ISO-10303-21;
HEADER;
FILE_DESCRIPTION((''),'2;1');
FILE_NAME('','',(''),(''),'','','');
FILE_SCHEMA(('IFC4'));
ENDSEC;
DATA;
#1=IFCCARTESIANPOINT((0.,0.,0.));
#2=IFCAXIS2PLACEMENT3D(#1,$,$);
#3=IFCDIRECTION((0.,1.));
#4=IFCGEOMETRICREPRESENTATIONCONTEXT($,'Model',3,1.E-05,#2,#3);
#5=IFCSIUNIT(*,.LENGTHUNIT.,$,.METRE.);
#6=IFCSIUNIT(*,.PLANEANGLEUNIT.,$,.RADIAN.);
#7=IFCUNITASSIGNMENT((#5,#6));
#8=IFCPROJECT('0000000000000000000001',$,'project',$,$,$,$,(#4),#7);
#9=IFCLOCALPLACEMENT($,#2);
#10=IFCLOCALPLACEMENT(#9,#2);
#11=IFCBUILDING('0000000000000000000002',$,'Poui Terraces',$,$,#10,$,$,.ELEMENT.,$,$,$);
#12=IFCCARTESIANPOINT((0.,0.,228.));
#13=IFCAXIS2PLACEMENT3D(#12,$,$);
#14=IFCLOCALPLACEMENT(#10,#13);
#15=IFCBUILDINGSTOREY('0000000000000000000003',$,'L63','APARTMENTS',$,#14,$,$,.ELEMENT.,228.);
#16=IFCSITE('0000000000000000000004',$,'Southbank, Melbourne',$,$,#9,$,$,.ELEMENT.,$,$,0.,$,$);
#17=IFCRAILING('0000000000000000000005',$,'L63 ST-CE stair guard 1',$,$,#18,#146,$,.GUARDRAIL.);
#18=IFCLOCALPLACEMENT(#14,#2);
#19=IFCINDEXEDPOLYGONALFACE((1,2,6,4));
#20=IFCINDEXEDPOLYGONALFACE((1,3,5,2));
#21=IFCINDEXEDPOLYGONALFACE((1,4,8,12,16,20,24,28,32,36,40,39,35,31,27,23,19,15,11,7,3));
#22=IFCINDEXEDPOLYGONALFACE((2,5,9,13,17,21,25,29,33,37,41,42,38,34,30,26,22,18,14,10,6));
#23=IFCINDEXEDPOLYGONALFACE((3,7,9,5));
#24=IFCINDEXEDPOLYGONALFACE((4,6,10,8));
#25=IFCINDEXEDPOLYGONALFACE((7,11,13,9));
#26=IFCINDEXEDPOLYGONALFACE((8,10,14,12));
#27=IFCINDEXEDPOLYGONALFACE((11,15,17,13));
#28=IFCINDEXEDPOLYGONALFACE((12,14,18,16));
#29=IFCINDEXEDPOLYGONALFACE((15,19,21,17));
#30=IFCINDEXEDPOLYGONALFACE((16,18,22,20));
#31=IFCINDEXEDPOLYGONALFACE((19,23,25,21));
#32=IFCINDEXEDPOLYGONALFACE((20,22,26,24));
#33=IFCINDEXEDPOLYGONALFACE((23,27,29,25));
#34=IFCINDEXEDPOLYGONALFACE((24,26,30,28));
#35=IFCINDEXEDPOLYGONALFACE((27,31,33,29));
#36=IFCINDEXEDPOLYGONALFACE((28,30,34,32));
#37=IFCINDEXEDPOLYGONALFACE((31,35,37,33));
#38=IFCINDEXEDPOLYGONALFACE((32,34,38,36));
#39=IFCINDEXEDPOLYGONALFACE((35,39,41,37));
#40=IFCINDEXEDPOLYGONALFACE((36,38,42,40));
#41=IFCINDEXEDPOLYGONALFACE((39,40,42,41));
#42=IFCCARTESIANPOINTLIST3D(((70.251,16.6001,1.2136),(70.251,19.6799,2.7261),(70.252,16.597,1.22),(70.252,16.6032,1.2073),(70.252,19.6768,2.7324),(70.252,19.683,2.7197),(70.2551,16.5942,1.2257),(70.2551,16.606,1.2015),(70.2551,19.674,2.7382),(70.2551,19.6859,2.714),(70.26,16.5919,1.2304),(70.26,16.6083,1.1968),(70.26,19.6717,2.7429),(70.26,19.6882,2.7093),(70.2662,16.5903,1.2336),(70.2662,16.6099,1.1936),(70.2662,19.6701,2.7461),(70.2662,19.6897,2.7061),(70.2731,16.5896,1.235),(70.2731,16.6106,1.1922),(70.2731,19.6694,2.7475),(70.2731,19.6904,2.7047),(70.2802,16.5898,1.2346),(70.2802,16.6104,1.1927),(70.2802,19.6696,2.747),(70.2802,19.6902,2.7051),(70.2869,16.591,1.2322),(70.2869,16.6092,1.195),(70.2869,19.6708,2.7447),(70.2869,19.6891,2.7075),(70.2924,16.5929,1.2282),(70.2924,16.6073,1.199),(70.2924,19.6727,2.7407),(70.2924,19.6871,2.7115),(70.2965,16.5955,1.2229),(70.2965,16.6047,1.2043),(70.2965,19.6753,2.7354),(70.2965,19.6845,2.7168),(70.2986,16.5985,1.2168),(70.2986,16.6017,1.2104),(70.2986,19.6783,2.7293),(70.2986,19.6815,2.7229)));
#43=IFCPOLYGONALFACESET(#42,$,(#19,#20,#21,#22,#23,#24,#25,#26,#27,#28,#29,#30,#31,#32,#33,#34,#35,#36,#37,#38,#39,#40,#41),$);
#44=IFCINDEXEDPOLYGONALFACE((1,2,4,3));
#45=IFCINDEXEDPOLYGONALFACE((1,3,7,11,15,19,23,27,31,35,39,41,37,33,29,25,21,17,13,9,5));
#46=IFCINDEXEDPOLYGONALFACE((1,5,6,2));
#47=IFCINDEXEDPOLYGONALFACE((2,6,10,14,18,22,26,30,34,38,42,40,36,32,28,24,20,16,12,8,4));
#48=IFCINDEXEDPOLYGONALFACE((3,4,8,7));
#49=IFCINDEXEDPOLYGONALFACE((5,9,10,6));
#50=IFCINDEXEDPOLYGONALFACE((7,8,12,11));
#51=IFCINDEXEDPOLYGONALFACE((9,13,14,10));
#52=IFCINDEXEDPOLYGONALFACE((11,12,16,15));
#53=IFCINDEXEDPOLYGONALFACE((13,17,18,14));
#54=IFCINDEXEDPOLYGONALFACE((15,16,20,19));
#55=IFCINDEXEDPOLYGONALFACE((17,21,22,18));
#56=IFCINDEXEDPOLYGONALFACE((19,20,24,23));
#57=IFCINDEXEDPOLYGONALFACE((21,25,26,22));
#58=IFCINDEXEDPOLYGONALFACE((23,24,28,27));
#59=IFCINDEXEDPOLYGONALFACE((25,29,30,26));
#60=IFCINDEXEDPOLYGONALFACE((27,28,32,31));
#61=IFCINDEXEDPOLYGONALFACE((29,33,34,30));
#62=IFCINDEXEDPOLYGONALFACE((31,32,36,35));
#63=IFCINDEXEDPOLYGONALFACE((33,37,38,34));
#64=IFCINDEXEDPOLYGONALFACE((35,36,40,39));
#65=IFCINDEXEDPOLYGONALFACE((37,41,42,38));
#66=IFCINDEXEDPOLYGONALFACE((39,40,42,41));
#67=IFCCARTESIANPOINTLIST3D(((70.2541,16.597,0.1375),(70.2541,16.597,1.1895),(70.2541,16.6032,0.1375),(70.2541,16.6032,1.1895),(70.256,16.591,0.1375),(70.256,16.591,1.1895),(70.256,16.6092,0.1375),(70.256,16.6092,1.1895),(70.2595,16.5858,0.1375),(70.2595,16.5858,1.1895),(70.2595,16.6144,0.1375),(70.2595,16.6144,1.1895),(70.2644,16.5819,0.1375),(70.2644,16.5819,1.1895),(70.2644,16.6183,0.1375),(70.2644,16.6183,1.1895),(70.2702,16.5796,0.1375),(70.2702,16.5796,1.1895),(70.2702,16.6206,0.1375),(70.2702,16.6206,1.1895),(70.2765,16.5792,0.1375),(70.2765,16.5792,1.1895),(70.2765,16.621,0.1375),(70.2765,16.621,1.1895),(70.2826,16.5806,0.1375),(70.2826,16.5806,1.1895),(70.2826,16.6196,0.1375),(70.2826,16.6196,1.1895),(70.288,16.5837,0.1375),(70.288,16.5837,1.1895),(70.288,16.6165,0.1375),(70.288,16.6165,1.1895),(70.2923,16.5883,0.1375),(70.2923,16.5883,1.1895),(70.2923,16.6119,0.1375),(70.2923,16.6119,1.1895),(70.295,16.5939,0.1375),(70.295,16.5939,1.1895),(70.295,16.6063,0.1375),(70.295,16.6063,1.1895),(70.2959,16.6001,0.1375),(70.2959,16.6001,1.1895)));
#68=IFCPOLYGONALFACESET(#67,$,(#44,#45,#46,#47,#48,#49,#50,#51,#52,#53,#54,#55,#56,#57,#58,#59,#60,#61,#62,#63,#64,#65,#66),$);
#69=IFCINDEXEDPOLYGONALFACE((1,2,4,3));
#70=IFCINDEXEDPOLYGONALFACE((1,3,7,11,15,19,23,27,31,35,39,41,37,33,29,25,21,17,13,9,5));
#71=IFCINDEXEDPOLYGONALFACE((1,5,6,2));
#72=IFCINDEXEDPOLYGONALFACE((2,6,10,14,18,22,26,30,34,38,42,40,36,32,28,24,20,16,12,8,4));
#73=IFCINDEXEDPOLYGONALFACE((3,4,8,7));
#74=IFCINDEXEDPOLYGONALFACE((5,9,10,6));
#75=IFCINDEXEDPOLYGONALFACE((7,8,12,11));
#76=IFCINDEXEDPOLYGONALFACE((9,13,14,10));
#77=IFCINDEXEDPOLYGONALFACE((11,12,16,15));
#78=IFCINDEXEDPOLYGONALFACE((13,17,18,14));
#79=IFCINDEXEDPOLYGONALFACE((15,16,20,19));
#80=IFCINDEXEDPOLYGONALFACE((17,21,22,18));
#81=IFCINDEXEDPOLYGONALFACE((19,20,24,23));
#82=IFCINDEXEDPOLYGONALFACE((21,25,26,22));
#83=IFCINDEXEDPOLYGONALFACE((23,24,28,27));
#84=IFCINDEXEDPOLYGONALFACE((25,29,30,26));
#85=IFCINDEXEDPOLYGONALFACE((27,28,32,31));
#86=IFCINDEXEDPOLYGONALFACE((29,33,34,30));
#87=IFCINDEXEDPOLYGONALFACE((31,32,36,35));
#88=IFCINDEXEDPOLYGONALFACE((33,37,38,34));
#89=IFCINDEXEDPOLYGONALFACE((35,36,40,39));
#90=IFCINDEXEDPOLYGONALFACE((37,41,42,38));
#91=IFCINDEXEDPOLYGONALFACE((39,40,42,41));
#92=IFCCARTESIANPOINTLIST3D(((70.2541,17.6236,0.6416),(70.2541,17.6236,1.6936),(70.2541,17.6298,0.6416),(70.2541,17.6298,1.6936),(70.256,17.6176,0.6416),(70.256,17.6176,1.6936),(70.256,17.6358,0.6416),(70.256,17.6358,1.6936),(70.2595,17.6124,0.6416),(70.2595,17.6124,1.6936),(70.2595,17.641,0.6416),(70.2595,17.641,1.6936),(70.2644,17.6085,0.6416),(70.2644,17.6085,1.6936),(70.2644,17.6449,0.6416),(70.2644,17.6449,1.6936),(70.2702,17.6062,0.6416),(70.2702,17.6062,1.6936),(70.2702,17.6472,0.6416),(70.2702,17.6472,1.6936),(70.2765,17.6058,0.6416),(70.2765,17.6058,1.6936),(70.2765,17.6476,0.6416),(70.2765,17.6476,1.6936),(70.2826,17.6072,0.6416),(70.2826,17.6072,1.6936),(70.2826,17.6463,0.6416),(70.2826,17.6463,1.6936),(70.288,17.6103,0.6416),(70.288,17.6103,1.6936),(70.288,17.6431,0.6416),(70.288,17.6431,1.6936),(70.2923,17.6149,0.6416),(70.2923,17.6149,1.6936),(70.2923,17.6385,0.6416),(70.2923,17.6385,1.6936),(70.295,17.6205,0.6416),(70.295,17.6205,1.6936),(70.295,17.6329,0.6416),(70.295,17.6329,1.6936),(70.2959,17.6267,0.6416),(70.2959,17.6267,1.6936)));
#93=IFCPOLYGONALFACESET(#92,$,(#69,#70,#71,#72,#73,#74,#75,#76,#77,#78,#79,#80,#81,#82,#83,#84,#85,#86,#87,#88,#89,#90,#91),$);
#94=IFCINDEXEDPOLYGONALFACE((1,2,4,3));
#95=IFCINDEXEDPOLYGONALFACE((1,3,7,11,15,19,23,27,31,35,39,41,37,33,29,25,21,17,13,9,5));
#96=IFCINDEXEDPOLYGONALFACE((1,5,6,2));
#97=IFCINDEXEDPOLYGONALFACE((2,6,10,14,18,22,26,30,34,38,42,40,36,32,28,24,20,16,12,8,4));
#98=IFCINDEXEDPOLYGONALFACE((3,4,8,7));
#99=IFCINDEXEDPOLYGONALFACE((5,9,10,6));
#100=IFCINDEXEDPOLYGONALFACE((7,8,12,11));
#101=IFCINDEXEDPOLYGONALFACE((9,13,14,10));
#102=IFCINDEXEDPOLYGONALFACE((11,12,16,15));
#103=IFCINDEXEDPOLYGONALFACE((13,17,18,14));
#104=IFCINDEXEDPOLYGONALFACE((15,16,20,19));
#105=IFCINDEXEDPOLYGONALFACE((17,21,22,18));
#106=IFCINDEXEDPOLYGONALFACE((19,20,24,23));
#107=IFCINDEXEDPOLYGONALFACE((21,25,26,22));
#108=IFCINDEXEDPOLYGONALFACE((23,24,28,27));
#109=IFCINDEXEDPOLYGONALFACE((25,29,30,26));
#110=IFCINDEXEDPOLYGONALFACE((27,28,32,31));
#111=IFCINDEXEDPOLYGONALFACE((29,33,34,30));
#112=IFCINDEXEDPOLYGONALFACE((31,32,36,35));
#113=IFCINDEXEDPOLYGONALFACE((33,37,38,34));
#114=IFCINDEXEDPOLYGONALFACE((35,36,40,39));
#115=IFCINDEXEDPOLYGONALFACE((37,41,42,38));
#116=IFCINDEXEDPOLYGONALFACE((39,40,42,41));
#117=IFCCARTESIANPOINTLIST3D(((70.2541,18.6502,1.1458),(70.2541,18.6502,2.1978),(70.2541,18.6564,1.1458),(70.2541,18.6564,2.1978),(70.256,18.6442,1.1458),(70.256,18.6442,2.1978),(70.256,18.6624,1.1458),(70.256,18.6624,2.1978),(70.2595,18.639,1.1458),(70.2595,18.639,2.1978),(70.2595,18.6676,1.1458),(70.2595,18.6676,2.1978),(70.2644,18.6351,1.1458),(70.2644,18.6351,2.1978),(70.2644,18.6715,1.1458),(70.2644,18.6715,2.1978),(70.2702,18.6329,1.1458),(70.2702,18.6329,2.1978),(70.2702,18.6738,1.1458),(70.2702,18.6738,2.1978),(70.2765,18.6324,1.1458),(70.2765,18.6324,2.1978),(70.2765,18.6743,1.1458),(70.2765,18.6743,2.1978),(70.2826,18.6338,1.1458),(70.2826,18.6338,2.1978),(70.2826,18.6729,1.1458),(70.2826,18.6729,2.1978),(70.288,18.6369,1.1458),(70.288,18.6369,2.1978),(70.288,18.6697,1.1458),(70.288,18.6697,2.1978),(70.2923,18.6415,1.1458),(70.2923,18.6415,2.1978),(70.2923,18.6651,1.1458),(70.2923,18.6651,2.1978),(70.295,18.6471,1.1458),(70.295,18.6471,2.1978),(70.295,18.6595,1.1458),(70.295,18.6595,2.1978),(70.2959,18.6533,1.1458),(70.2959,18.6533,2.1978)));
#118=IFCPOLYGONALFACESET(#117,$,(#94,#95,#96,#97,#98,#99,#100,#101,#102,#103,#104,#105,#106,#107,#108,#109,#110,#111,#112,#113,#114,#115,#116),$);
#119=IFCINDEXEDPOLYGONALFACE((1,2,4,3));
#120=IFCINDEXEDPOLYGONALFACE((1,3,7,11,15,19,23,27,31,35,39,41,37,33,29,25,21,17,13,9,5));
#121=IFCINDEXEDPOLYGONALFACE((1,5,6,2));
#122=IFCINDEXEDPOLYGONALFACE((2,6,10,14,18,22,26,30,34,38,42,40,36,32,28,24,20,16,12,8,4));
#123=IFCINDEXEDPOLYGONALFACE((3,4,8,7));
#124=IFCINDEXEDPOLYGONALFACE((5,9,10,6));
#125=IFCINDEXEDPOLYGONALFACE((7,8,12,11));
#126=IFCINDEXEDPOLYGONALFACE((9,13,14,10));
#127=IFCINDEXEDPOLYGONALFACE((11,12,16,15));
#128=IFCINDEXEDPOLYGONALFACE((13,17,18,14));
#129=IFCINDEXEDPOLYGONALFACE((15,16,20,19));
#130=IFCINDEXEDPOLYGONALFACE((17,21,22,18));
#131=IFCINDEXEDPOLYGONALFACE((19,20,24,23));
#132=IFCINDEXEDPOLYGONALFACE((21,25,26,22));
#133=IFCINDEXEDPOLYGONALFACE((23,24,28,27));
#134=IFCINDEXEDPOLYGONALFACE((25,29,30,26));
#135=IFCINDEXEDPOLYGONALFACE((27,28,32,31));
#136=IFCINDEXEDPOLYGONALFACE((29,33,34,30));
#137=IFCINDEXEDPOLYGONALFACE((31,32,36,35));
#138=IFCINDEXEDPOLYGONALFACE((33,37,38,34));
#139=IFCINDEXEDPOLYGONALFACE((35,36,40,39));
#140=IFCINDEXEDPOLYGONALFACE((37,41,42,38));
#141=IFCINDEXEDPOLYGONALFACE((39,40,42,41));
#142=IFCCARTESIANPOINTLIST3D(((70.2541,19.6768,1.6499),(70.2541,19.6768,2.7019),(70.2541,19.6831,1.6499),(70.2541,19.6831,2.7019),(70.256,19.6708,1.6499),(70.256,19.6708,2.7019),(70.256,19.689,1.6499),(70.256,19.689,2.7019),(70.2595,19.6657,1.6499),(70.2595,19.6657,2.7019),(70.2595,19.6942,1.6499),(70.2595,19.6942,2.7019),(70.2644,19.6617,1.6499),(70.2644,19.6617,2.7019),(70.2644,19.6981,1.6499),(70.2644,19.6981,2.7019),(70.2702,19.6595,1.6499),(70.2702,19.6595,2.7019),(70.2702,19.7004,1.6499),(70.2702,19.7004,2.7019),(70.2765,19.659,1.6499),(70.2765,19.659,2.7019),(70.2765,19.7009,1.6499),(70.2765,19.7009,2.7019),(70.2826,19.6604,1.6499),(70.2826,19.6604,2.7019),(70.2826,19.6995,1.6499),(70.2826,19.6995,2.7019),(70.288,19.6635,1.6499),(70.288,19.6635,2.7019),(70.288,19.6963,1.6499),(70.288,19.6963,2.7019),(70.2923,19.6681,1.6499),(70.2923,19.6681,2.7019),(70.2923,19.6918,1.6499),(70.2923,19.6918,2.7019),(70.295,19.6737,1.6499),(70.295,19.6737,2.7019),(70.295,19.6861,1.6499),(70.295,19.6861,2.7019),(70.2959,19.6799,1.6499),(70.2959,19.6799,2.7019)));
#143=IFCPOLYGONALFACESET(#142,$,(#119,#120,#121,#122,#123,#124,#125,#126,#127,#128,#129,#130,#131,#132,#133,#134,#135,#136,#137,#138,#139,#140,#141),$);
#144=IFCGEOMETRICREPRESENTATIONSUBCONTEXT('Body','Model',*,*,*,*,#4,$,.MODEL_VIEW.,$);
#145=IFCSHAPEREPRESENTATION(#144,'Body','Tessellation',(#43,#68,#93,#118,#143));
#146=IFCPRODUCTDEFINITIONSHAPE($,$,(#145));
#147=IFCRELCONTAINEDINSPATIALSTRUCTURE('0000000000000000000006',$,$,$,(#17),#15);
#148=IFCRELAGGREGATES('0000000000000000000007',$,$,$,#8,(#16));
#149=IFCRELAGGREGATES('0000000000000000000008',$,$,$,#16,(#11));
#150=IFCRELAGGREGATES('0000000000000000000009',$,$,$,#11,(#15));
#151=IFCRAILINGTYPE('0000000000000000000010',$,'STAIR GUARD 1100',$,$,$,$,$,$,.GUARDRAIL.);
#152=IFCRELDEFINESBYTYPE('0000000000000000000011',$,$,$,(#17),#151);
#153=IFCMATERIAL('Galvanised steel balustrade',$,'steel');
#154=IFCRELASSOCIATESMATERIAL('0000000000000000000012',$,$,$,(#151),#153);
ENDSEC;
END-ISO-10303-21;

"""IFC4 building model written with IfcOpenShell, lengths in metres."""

from ifc_helpers import new_model, si_unit, direction, frame, origin, origin_2d, place, context, subcontext, project, spatial, circle, extrude, material, type_object, element, save


model = new_model("IFC4")

# Units and contexts
model_context = context("Model", 3, precision=1e-05, world=origin(), true_north=direction((0.0, 1.0)))
body_context = subcontext(model_context, "Body", "Model", "MODEL_VIEW")
ifc_project = project(units=[si_unit("LENGTHUNIT", "METRE"), si_unit("PLANEANGLEUNIT", "RADIAN")], contexts=[model_context])

# Site, building, storey
site_placement = place(None, origin())
site = spatial("IfcSite", under=ifc_project, at=site_placement, Name="Southbank, Melbourne", CompositionType="ELEMENT", RefElevation=0.0)
building_placement = place(site_placement, origin())
building = spatial("IfcBuilding", under=site, at=building_placement, Name="Poui Terraces", CompositionType="ELEMENT")
storey_placement = place(building_placement, frame((0.0, 0.0, 228.0)))
storey = spatial("IfcBuildingStorey", under=building, at=storey_placement, Name="L63", Description="APARTMENTS", CompositionType="ELEMENT", Elevation=228.0)

# Railing
ifc_material_1 = material(Name="Galvanised steel balustrade", Category="steel")
railing_type_1 = type_object("IfcRailingType", Name="STAIR GUARD 1100", PredefinedType="GUARDRAIL", material=ifc_material_1)
railing_1_placement = place(storey_placement, frame((70.2749, 16.6001, 0.1375)))
element("IfcRailing", 1, at=railing_1_placement, inside=storey, type_object=railing_type_1, Name="L63 ST-CE stair guard 1", PredefinedType="GUARDRAIL", context=body_context, shape_type="SweptSolid", body=[
    extrude(circle(Radius=0.0239, at=origin_2d()), frame((0.0, 0.0, 1.0762), z_axis=(0.0, 0.897606, 0.440798), x_axis=(-1.0, 0.0, 0.0)), (0.0, 0.0, 1.0), 3.4312),
    extrude(circle(Radius=0.021, at=origin_2d()), origin(), (0.0, 0.0, 1.0), 1.052),
    extrude(circle(Radius=0.021, at=origin_2d()), frame((0.0, 1.0266, 0.5042)), (0.0, 0.0, 1.0), 1.052),
    extrude(circle(Radius=0.021, at=origin_2d()), frame((0.0, 2.0532, 1.0083)), (0.0, 0.0, 1.0), 1.052),
    extrude(circle(Radius=0.021, at=origin_2d()), frame((0.0, 3.0798, 1.5125)), (0.0, 0.0, 1.0), 1.052),
])

save(model, "model.ifc")
